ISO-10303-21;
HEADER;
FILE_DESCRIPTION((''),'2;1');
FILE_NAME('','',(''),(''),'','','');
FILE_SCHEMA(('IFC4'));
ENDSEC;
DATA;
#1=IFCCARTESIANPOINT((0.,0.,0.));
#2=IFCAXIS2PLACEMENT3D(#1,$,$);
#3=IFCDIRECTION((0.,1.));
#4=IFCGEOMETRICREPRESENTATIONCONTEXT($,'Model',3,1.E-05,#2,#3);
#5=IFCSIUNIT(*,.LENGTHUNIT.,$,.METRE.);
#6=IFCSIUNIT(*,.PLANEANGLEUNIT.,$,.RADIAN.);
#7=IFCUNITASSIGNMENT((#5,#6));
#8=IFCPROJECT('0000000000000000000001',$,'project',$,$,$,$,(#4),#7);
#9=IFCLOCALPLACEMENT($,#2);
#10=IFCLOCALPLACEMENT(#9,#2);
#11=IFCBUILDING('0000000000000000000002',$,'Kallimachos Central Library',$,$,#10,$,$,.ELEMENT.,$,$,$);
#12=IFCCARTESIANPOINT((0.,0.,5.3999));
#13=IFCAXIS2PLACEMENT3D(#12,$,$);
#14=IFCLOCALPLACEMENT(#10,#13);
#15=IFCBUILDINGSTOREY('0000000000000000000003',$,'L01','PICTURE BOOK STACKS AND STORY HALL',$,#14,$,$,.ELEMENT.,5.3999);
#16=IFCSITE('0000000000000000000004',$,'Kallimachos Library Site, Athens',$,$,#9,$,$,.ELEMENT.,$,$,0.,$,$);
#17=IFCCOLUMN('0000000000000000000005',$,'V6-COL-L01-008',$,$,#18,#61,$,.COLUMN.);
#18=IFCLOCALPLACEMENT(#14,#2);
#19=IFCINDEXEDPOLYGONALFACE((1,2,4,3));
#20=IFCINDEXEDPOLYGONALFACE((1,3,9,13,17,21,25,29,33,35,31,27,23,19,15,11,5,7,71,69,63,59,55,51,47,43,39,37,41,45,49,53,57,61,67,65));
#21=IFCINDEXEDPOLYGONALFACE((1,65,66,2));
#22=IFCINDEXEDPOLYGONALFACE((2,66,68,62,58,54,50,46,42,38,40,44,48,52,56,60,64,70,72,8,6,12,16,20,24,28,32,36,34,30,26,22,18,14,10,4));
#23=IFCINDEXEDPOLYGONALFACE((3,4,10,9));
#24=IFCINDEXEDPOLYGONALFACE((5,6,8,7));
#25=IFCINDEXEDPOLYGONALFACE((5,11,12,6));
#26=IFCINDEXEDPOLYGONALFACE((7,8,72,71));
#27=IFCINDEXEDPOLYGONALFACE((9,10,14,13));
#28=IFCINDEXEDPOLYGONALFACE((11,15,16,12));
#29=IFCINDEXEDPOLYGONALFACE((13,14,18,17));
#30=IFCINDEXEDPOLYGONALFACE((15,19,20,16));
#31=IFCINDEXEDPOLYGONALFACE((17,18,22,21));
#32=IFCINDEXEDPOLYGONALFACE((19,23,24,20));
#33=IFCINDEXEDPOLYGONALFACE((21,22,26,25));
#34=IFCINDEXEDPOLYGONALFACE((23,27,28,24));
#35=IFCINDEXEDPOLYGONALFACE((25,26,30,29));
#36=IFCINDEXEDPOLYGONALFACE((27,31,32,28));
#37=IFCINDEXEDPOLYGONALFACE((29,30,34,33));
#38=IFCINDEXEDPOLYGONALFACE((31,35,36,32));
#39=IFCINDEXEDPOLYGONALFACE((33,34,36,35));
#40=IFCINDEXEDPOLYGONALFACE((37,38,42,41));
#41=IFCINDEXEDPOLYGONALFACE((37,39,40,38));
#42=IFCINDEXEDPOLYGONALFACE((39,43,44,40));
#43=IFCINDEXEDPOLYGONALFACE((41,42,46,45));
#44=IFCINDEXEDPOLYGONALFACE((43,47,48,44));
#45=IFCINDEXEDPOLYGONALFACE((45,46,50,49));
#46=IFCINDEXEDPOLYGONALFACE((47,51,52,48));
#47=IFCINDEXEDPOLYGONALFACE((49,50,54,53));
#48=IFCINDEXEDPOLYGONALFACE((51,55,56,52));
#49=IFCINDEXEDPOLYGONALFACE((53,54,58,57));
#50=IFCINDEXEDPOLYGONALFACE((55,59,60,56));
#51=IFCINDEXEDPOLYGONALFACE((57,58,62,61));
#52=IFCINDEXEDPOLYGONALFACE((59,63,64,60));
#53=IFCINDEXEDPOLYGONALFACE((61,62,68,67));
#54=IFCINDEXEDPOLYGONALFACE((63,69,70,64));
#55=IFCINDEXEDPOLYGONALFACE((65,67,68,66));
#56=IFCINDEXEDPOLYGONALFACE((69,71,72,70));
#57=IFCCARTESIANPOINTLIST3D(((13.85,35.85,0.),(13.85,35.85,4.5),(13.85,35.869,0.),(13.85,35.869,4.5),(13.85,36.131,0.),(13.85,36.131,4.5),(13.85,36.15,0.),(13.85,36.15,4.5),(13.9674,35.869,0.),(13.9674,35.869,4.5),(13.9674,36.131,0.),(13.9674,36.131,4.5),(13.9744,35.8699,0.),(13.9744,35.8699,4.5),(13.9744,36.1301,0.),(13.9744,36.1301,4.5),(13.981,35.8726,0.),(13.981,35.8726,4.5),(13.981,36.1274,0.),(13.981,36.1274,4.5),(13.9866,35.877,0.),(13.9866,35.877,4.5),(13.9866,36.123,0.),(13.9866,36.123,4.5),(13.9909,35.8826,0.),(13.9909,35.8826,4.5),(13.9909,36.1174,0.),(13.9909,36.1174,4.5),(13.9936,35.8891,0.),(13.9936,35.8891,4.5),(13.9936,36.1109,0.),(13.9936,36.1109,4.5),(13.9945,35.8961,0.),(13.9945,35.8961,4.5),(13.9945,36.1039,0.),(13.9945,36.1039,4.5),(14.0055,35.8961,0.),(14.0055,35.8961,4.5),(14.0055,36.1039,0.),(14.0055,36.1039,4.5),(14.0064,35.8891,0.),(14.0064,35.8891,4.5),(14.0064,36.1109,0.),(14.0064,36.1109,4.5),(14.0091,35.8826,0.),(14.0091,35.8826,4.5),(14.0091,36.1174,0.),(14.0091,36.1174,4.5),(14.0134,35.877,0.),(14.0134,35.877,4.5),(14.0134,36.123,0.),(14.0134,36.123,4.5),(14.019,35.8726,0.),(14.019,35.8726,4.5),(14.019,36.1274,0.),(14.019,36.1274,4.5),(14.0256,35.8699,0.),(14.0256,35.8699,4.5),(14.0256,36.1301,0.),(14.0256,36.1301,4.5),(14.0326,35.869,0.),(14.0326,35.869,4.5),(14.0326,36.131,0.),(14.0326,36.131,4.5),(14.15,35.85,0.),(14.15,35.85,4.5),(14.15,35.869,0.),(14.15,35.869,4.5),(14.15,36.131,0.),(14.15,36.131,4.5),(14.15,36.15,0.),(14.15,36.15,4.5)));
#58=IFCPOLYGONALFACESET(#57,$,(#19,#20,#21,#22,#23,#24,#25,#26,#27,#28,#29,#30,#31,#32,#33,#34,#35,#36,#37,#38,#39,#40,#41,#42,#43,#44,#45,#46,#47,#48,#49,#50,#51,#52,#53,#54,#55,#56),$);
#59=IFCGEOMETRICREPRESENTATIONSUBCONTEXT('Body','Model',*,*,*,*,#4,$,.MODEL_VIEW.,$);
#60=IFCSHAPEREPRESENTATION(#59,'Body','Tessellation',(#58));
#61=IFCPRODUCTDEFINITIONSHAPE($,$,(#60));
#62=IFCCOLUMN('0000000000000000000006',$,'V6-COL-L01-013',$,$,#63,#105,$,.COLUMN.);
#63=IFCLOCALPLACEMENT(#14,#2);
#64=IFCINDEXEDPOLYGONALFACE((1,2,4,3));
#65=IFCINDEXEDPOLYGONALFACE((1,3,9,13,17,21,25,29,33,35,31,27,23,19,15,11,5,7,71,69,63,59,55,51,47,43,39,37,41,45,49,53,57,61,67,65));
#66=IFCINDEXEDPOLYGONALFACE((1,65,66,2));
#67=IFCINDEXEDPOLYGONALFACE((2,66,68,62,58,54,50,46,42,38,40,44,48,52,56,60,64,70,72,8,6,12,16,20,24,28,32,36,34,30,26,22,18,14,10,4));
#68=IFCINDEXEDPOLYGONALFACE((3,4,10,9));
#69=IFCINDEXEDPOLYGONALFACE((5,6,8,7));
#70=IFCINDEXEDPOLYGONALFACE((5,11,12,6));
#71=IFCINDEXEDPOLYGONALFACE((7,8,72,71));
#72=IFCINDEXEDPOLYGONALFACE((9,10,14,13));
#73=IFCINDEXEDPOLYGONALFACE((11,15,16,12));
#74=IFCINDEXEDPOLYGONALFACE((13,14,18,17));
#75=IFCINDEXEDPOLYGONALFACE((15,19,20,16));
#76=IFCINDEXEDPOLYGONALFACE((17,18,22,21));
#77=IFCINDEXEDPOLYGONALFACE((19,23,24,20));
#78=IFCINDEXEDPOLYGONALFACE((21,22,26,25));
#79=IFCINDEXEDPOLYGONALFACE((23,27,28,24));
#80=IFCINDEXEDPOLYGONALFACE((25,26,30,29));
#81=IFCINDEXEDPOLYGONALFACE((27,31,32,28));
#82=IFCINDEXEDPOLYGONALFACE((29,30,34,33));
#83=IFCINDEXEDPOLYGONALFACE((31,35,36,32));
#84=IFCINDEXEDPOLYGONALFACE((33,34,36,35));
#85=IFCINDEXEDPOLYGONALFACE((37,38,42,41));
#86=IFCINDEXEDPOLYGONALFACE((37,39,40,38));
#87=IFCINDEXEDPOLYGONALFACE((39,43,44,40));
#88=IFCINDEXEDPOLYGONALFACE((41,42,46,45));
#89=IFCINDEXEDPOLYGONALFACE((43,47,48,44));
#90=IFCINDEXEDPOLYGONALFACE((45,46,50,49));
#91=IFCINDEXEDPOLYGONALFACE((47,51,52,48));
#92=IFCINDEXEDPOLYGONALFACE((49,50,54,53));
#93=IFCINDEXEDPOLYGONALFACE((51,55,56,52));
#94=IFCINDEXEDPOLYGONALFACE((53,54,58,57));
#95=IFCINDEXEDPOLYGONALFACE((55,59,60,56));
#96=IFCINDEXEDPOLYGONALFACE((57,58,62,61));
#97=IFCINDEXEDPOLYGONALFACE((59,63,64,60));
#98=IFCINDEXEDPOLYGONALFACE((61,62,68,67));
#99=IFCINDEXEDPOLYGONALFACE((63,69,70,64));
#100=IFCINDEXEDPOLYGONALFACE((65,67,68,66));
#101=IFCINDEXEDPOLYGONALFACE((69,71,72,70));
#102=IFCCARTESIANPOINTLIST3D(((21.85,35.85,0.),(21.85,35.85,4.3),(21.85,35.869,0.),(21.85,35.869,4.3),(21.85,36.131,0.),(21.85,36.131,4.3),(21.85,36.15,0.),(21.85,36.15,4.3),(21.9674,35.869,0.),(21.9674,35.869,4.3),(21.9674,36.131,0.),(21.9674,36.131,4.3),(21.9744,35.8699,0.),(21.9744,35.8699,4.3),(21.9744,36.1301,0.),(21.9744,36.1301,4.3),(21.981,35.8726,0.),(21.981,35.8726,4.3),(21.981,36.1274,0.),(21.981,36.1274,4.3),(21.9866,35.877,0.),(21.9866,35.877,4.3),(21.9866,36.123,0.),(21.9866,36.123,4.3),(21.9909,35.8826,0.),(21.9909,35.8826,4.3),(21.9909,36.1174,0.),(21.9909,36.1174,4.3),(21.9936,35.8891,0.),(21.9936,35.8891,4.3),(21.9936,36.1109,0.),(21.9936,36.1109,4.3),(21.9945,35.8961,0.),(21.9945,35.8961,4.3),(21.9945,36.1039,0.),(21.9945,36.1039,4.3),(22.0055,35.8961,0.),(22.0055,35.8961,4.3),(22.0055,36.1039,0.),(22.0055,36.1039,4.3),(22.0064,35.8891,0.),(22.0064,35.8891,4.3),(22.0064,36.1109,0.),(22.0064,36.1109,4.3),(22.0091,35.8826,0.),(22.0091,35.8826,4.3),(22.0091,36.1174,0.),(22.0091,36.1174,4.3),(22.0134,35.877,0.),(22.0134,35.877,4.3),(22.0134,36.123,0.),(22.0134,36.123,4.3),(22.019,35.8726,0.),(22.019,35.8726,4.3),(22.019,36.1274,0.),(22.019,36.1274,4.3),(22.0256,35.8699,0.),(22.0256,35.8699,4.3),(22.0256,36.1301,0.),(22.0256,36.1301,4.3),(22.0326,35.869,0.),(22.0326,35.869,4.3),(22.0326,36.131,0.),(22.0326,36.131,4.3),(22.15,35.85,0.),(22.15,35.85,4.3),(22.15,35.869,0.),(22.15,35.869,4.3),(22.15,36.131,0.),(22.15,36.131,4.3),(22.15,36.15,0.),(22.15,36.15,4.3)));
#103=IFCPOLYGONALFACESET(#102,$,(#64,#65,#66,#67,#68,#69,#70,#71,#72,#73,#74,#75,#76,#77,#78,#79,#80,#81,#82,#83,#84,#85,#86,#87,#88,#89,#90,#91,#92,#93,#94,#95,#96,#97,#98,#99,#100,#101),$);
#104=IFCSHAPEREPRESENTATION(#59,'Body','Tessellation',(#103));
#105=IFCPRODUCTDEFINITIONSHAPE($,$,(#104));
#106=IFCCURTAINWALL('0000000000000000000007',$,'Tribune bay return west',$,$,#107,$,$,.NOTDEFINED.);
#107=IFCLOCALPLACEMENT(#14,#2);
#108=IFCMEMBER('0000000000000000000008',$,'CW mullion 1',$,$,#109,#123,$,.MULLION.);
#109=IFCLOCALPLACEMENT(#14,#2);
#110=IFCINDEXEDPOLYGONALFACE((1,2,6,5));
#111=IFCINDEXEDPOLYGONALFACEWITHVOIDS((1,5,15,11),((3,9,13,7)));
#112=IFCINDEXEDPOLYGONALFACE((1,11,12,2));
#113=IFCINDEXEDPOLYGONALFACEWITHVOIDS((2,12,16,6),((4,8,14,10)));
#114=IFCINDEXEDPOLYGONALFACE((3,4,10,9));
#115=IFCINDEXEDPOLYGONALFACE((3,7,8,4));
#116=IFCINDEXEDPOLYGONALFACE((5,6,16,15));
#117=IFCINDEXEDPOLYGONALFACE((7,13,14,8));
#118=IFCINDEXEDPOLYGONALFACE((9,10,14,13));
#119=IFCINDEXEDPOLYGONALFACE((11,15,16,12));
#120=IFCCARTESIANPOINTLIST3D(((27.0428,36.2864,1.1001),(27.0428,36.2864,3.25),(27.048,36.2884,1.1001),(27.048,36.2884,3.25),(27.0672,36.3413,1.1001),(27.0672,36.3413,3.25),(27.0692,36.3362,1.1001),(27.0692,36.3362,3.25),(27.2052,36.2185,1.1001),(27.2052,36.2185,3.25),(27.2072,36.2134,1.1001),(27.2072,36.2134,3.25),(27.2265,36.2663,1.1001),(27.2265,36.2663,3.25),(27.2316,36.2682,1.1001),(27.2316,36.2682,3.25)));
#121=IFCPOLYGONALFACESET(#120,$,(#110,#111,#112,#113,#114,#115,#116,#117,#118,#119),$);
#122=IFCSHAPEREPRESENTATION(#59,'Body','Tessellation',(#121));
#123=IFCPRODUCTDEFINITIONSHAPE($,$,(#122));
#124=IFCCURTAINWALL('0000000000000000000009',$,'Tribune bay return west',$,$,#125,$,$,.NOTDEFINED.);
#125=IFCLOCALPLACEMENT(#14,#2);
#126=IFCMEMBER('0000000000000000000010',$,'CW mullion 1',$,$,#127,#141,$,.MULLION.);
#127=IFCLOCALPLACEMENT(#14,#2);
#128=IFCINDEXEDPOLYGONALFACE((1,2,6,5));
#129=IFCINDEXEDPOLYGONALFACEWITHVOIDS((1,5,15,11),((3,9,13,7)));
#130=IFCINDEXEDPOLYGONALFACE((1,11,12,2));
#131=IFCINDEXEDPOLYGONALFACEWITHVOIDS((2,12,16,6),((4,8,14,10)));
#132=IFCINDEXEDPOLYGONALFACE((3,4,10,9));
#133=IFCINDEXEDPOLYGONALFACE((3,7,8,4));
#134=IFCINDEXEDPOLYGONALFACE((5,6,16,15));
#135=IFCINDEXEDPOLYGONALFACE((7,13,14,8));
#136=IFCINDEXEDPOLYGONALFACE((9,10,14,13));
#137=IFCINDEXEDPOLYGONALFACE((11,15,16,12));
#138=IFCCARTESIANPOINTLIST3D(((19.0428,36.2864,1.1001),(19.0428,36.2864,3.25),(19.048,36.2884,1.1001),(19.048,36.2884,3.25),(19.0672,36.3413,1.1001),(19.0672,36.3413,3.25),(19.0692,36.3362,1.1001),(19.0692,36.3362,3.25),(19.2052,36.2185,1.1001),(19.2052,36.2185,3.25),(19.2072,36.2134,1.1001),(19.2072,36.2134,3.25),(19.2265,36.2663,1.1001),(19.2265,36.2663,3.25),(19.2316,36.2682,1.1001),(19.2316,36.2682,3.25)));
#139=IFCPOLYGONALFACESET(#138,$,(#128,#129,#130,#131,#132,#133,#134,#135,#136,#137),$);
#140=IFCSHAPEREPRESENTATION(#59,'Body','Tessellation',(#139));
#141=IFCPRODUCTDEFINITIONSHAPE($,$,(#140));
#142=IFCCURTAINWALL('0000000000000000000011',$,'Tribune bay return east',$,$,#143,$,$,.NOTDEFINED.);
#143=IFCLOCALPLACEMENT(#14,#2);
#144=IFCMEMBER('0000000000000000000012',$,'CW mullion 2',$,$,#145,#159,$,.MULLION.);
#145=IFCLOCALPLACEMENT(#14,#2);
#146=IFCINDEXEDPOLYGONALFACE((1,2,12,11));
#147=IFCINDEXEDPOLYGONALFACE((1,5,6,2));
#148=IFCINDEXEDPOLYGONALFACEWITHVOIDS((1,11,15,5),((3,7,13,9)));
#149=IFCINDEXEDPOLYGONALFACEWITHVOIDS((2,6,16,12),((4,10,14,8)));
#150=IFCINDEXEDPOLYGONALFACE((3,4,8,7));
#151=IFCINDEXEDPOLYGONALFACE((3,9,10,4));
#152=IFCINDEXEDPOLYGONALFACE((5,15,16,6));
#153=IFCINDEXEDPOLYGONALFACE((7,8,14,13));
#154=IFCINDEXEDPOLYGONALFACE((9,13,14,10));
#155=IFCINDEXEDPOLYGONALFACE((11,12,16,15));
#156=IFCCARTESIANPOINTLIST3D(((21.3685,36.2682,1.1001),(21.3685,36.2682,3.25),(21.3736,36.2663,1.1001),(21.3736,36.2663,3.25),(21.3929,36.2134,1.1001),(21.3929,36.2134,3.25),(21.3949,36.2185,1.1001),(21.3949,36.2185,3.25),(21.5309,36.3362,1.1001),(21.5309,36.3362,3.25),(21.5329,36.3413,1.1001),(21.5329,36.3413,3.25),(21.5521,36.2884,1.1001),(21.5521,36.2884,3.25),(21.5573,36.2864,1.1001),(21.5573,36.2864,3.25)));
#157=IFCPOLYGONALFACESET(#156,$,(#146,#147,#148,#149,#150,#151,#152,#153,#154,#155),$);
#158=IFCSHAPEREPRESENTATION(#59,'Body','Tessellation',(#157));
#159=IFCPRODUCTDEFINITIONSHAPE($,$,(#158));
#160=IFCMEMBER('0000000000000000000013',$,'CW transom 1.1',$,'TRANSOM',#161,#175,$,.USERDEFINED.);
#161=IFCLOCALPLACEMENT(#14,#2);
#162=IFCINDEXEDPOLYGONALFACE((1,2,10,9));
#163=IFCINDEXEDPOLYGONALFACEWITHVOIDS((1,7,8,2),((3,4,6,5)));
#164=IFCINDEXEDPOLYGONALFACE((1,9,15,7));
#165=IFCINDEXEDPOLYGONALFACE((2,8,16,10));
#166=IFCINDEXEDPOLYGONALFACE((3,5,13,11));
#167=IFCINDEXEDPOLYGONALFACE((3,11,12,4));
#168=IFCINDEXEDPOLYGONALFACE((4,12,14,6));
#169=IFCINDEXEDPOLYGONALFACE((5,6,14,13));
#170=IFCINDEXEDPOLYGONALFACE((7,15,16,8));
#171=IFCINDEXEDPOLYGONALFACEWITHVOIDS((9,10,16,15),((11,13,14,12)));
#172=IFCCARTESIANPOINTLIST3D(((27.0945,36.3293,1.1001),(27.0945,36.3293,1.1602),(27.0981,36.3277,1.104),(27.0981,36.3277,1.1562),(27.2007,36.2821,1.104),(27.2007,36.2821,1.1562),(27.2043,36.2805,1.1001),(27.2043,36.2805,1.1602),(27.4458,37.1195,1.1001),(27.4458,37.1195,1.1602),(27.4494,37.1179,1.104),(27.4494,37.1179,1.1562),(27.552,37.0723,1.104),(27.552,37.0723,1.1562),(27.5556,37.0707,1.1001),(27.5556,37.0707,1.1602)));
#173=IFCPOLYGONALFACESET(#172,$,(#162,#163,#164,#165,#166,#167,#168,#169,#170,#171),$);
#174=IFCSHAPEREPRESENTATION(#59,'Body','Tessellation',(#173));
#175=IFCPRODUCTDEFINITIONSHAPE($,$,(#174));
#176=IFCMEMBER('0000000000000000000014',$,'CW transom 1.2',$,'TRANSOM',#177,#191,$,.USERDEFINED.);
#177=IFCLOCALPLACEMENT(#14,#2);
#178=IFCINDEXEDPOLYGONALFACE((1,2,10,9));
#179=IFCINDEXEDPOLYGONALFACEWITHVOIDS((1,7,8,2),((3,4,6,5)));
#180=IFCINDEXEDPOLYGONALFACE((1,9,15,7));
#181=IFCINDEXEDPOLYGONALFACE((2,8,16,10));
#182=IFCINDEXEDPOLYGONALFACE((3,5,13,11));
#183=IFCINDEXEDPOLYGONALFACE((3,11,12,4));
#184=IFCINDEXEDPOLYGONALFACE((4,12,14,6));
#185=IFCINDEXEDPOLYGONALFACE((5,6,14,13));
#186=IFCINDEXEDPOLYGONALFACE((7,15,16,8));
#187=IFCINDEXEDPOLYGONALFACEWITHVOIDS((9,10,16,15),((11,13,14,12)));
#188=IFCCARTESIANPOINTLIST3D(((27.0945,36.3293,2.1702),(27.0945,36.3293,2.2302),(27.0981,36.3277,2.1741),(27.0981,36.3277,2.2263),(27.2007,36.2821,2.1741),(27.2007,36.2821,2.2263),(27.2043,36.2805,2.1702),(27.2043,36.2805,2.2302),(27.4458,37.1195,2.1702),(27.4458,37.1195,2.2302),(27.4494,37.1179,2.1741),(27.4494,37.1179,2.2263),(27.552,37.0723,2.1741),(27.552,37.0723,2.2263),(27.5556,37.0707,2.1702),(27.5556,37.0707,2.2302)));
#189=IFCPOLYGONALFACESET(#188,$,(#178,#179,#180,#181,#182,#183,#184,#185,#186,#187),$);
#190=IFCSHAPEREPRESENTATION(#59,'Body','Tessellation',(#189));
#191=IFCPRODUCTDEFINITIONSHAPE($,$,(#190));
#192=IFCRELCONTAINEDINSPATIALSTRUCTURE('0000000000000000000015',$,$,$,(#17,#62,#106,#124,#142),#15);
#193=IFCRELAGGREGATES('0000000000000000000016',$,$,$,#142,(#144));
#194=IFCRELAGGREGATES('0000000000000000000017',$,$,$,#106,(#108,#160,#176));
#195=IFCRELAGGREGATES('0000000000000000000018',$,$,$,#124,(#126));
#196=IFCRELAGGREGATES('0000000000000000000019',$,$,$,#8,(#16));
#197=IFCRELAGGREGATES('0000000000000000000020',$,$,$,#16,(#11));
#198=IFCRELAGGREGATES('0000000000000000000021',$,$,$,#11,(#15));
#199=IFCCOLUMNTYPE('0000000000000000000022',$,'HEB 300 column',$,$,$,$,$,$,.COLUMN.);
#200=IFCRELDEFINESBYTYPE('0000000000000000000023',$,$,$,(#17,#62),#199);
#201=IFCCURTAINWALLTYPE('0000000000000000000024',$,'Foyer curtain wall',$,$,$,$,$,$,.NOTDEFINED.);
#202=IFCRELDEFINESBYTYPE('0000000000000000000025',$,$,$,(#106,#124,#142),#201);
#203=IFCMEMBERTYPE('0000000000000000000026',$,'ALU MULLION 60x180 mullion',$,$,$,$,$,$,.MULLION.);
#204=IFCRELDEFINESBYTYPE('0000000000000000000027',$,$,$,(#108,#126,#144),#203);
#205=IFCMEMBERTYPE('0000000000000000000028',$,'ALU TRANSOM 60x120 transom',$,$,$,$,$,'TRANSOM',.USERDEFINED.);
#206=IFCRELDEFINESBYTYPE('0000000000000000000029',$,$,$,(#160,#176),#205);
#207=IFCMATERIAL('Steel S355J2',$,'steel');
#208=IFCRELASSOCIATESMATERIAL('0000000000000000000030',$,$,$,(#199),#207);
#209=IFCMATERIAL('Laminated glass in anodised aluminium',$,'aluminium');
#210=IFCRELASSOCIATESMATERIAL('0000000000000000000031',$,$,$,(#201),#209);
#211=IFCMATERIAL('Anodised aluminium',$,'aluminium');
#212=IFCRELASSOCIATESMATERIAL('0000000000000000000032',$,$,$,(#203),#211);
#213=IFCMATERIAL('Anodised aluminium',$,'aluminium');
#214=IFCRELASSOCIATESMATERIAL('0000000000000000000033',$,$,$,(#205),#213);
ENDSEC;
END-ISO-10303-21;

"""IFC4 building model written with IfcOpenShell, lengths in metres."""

from ifc_helpers import new_model, si_unit, direction, frame, origin, origin_2d, place, context, subcontext, project, spatial, hollow_rectangle, i_section, extrude, material, material_profile, profile_set, type_object, element, aggregate, save


model = new_model("IFC4")

# Units and contexts
model_context = context("Model", 3, precision=1e-05, world=origin(), true_north=direction((0.0, 1.0)))
body_context = subcontext(model_context, "Body", "Model", "MODEL_VIEW")
ifc_project = project(units=[si_unit("LENGTHUNIT", "METRE"), si_unit("PLANEANGLEUNIT", "RADIAN")], contexts=[model_context])

# Site, building, storey
site_placement = place(None, origin())
site = spatial("IfcSite", under=ifc_project, at=site_placement, Name="Kallimachos Library Site, Athens", CompositionType="ELEMENT", RefElevation=0.0)
building_placement = place(site_placement, origin())
building = spatial("IfcBuilding", under=site, at=building_placement, Name="Kallimachos Central Library", CompositionType="ELEMENT")
storey_placement = place(building_placement, frame((0.0, 0.0, 5.3999)))
storey = spatial("IfcBuildingStorey", under=building, at=storey_placement, Name="L01", Description="PICTURE BOOK STACKS AND STORY HALL", CompositionType="ELEMENT", Elevation=5.3999)

# Columns
ifc_material_1 = material(Name="Steel S355J2", Category="steel")
ifc_material_profile_1 = material_profile(ifc_material_1, i_section(OverallWidth=0.3, OverallDepth=0.3, WebThickness=0.011, FlangeThickness=0.019, FilletRadius=0.0271, at=origin_2d()), Name="HEB 300")
ifc_profile_set_1 = profile_set([ifc_material_profile_1], Name="Steel S355J2")
column_type = type_object("IfcColumnType", Name="HEB 300 column", PredefinedType="COLUMN", material=ifc_profile_set_1)
column_1_placement = place(storey_placement, frame((14.0, 36.0, 0.0), z_axis=(0.0, 0.0, 1.0), x_axis=(1.0, 0.0, 0.0)))
element("IfcColumn", 1, at=column_1_placement, inside=storey, type_object=column_type, Name="V6-COL-L01-008", PredefinedType="COLUMN", context=body_context, shape_type="SweptSolid", body=[
    extrude(i_section(OverallWidth=0.3, OverallDepth=0.3, WebThickness=0.011, FlangeThickness=0.019, FilletRadius=0.0271, at=origin_2d()), origin(), (0.0, 0.0, 1.0), 4.5),
])
column_2_placement = place(storey_placement, frame((22.0, 36.0, 0.0), z_axis=(0.0, 0.0, 1.0), x_axis=(1.0, 0.0, 0.0)))
element("IfcColumn", 2, at=column_2_placement, inside=storey, type_object=column_type, Name="V6-COL-L01-013", PredefinedType="COLUMN", context=body_context, shape_type="SweptSolid", body=[
    extrude(i_section(OverallWidth=0.3, OverallDepth=0.3, WebThickness=0.011, FlangeThickness=0.019, FilletRadius=0.0271, at=origin_2d()), origin(), (0.0, 0.0, 1.0), 4.3),
])

# Curtain walls, members
ifc_material_2 = material(Name="Laminated glass in anodised aluminium", Category="aluminium")
curtain_wall_type = type_object("IfcCurtainWallType", Name="Foyer curtain wall", PredefinedType="NOTDEFINED", material=ifc_material_2)
curtain_wall_1_placement = place(storey_placement, origin())
curtain_wall_1 = element("IfcCurtainWall", 3, at=curtain_wall_1_placement, inside=storey, type_object=curtain_wall_type, Name="Tribune bay return west", PredefinedType="NOTDEFINED")
ifc_material_3 = material(Name="Anodised aluminium", Category="aluminium")
ifc_material_profile_2 = material_profile(ifc_material_3, hollow_rectangle(XDim=0.0601, YDim=0.1799, WallThickness=0.0039, at=origin_2d()), Name="ALU MULLION 60x180")
ifc_profile_set_2 = profile_set([ifc_material_profile_2], Name="Anodised aluminium")
member_type_1 = type_object("IfcMemberType", Name="ALU MULLION 60x180 mullion", PredefinedType="MULLION", material=ifc_profile_set_2)
member_1_placement = place(storey_placement, frame((27.1372, 36.2773, 1.1001), z_axis=(0.0, 0.0, 1.0), x_axis=(0.406138, 0.913812, 0.0)))
member_1 = element("IfcMember", 4, at=member_1_placement, type_object=member_type_1, Name="CW mullion 1", PredefinedType="MULLION", context=body_context, shape_type="SweptSolid", body=[
    extrude(hollow_rectangle(XDim=0.0601, YDim=0.1799, WallThickness=0.0039, at=origin_2d()), origin(), (0.0, 0.0, 1.0), 2.1499),
])
curtain_wall_2_placement = place(storey_placement, origin())
curtain_wall_2 = element("IfcCurtainWall", 5, at=curtain_wall_2_placement, inside=storey, type_object=curtain_wall_type, Name="Tribune bay return west", PredefinedType="NOTDEFINED")
member_2_placement = place(storey_placement, frame((19.1372, 36.2773, 1.1001), z_axis=(0.0, 0.0, 1.0), x_axis=(0.406138, 0.913812, 0.0)))
member_2 = element("IfcMember", 6, at=member_2_placement, type_object=member_type_1, Name="CW mullion 1", PredefinedType="MULLION", context=body_context, shape_type="SweptSolid", body=[
    extrude(hollow_rectangle(XDim=0.0601, YDim=0.1799, WallThickness=0.0039, at=origin_2d()), origin(), (0.0, 0.0, 1.0), 2.1499),
])
curtain_wall_3_placement = place(storey_placement, origin())
curtain_wall_3 = element("IfcCurtainWall", 7, at=curtain_wall_3_placement, inside=storey, type_object=curtain_wall_type, Name="Tribune bay return east", PredefinedType="NOTDEFINED")
member_3_placement = place(storey_placement, frame((21.4629, 36.2773, 1.1001), z_axis=(0.0, 0.0, 1.0), x_axis=(0.406138, -0.913812, 0.0)))
member_3 = element("IfcMember", 8, at=member_3_placement, type_object=member_type_1, Name="CW mullion 2", PredefinedType="MULLION", context=body_context, shape_type="SweptSolid", body=[
    extrude(hollow_rectangle(XDim=0.0601, YDim=0.1799, WallThickness=0.0039, at=origin_2d()), origin(), (0.0, 0.0, 1.0), 2.1499),
])
aggregate(curtain_wall_3, [member_3])

# Members
ifc_material_4 = material(Name="Anodised aluminium", Category="aluminium")
ifc_material_profile_3 = material_profile(ifc_material_4, hollow_rectangle(XDim=0.0601, YDim=0.1201, WallThickness=0.0039, at=origin_2d()), Name="ALU TRANSOM 60x120")
ifc_profile_set_3 = profile_set([ifc_material_profile_3], Name="Anodised aluminium")
member_type_2 = type_object("IfcMemberType", Name="ALU TRANSOM 60x120 transom", ElementType="TRANSOM", PredefinedType="USERDEFINED", material=ifc_profile_set_3)
member_4_placement = place(storey_placement, frame((27.1494, 36.3049, 1.1301), z_axis=(0.406217, 0.913777, 0.0), x_axis=(0.0, 0.0, 1.0)))
member_4 = element("IfcMember", 9, at=member_4_placement, type_object=member_type_2, Name="CW transom 1.1", ObjectType="TRANSOM", PredefinedType="USERDEFINED", context=body_context, shape_type="SweptSolid", body=[
    extrude(hollow_rectangle(XDim=0.0601, YDim=0.1201, WallThickness=0.0039, at=origin_2d()), origin(), (0.0, 0.0, 1.0), 0.8647),
])
member_5_placement = place(storey_placement, frame((27.1494, 36.3049, 2.2002), z_axis=(0.406217, 0.913777, 0.0), x_axis=(0.0, 0.0, 1.0)))
member_5 = element("IfcMember", 10, at=member_5_placement, type_object=member_type_2, Name="CW transom 1.2", ObjectType="TRANSOM", PredefinedType="USERDEFINED", context=body_context, shape_type="SweptSolid", body=[
    extrude(hollow_rectangle(XDim=0.0601, YDim=0.1201, WallThickness=0.0039, at=origin_2d()), origin(), (0.0, 0.0, 1.0), 0.8647),
])
aggregate(curtain_wall_1, [member_1, member_4, member_5])

aggregate(curtain_wall_2, [member_2])

save(model, "model.ifc")
